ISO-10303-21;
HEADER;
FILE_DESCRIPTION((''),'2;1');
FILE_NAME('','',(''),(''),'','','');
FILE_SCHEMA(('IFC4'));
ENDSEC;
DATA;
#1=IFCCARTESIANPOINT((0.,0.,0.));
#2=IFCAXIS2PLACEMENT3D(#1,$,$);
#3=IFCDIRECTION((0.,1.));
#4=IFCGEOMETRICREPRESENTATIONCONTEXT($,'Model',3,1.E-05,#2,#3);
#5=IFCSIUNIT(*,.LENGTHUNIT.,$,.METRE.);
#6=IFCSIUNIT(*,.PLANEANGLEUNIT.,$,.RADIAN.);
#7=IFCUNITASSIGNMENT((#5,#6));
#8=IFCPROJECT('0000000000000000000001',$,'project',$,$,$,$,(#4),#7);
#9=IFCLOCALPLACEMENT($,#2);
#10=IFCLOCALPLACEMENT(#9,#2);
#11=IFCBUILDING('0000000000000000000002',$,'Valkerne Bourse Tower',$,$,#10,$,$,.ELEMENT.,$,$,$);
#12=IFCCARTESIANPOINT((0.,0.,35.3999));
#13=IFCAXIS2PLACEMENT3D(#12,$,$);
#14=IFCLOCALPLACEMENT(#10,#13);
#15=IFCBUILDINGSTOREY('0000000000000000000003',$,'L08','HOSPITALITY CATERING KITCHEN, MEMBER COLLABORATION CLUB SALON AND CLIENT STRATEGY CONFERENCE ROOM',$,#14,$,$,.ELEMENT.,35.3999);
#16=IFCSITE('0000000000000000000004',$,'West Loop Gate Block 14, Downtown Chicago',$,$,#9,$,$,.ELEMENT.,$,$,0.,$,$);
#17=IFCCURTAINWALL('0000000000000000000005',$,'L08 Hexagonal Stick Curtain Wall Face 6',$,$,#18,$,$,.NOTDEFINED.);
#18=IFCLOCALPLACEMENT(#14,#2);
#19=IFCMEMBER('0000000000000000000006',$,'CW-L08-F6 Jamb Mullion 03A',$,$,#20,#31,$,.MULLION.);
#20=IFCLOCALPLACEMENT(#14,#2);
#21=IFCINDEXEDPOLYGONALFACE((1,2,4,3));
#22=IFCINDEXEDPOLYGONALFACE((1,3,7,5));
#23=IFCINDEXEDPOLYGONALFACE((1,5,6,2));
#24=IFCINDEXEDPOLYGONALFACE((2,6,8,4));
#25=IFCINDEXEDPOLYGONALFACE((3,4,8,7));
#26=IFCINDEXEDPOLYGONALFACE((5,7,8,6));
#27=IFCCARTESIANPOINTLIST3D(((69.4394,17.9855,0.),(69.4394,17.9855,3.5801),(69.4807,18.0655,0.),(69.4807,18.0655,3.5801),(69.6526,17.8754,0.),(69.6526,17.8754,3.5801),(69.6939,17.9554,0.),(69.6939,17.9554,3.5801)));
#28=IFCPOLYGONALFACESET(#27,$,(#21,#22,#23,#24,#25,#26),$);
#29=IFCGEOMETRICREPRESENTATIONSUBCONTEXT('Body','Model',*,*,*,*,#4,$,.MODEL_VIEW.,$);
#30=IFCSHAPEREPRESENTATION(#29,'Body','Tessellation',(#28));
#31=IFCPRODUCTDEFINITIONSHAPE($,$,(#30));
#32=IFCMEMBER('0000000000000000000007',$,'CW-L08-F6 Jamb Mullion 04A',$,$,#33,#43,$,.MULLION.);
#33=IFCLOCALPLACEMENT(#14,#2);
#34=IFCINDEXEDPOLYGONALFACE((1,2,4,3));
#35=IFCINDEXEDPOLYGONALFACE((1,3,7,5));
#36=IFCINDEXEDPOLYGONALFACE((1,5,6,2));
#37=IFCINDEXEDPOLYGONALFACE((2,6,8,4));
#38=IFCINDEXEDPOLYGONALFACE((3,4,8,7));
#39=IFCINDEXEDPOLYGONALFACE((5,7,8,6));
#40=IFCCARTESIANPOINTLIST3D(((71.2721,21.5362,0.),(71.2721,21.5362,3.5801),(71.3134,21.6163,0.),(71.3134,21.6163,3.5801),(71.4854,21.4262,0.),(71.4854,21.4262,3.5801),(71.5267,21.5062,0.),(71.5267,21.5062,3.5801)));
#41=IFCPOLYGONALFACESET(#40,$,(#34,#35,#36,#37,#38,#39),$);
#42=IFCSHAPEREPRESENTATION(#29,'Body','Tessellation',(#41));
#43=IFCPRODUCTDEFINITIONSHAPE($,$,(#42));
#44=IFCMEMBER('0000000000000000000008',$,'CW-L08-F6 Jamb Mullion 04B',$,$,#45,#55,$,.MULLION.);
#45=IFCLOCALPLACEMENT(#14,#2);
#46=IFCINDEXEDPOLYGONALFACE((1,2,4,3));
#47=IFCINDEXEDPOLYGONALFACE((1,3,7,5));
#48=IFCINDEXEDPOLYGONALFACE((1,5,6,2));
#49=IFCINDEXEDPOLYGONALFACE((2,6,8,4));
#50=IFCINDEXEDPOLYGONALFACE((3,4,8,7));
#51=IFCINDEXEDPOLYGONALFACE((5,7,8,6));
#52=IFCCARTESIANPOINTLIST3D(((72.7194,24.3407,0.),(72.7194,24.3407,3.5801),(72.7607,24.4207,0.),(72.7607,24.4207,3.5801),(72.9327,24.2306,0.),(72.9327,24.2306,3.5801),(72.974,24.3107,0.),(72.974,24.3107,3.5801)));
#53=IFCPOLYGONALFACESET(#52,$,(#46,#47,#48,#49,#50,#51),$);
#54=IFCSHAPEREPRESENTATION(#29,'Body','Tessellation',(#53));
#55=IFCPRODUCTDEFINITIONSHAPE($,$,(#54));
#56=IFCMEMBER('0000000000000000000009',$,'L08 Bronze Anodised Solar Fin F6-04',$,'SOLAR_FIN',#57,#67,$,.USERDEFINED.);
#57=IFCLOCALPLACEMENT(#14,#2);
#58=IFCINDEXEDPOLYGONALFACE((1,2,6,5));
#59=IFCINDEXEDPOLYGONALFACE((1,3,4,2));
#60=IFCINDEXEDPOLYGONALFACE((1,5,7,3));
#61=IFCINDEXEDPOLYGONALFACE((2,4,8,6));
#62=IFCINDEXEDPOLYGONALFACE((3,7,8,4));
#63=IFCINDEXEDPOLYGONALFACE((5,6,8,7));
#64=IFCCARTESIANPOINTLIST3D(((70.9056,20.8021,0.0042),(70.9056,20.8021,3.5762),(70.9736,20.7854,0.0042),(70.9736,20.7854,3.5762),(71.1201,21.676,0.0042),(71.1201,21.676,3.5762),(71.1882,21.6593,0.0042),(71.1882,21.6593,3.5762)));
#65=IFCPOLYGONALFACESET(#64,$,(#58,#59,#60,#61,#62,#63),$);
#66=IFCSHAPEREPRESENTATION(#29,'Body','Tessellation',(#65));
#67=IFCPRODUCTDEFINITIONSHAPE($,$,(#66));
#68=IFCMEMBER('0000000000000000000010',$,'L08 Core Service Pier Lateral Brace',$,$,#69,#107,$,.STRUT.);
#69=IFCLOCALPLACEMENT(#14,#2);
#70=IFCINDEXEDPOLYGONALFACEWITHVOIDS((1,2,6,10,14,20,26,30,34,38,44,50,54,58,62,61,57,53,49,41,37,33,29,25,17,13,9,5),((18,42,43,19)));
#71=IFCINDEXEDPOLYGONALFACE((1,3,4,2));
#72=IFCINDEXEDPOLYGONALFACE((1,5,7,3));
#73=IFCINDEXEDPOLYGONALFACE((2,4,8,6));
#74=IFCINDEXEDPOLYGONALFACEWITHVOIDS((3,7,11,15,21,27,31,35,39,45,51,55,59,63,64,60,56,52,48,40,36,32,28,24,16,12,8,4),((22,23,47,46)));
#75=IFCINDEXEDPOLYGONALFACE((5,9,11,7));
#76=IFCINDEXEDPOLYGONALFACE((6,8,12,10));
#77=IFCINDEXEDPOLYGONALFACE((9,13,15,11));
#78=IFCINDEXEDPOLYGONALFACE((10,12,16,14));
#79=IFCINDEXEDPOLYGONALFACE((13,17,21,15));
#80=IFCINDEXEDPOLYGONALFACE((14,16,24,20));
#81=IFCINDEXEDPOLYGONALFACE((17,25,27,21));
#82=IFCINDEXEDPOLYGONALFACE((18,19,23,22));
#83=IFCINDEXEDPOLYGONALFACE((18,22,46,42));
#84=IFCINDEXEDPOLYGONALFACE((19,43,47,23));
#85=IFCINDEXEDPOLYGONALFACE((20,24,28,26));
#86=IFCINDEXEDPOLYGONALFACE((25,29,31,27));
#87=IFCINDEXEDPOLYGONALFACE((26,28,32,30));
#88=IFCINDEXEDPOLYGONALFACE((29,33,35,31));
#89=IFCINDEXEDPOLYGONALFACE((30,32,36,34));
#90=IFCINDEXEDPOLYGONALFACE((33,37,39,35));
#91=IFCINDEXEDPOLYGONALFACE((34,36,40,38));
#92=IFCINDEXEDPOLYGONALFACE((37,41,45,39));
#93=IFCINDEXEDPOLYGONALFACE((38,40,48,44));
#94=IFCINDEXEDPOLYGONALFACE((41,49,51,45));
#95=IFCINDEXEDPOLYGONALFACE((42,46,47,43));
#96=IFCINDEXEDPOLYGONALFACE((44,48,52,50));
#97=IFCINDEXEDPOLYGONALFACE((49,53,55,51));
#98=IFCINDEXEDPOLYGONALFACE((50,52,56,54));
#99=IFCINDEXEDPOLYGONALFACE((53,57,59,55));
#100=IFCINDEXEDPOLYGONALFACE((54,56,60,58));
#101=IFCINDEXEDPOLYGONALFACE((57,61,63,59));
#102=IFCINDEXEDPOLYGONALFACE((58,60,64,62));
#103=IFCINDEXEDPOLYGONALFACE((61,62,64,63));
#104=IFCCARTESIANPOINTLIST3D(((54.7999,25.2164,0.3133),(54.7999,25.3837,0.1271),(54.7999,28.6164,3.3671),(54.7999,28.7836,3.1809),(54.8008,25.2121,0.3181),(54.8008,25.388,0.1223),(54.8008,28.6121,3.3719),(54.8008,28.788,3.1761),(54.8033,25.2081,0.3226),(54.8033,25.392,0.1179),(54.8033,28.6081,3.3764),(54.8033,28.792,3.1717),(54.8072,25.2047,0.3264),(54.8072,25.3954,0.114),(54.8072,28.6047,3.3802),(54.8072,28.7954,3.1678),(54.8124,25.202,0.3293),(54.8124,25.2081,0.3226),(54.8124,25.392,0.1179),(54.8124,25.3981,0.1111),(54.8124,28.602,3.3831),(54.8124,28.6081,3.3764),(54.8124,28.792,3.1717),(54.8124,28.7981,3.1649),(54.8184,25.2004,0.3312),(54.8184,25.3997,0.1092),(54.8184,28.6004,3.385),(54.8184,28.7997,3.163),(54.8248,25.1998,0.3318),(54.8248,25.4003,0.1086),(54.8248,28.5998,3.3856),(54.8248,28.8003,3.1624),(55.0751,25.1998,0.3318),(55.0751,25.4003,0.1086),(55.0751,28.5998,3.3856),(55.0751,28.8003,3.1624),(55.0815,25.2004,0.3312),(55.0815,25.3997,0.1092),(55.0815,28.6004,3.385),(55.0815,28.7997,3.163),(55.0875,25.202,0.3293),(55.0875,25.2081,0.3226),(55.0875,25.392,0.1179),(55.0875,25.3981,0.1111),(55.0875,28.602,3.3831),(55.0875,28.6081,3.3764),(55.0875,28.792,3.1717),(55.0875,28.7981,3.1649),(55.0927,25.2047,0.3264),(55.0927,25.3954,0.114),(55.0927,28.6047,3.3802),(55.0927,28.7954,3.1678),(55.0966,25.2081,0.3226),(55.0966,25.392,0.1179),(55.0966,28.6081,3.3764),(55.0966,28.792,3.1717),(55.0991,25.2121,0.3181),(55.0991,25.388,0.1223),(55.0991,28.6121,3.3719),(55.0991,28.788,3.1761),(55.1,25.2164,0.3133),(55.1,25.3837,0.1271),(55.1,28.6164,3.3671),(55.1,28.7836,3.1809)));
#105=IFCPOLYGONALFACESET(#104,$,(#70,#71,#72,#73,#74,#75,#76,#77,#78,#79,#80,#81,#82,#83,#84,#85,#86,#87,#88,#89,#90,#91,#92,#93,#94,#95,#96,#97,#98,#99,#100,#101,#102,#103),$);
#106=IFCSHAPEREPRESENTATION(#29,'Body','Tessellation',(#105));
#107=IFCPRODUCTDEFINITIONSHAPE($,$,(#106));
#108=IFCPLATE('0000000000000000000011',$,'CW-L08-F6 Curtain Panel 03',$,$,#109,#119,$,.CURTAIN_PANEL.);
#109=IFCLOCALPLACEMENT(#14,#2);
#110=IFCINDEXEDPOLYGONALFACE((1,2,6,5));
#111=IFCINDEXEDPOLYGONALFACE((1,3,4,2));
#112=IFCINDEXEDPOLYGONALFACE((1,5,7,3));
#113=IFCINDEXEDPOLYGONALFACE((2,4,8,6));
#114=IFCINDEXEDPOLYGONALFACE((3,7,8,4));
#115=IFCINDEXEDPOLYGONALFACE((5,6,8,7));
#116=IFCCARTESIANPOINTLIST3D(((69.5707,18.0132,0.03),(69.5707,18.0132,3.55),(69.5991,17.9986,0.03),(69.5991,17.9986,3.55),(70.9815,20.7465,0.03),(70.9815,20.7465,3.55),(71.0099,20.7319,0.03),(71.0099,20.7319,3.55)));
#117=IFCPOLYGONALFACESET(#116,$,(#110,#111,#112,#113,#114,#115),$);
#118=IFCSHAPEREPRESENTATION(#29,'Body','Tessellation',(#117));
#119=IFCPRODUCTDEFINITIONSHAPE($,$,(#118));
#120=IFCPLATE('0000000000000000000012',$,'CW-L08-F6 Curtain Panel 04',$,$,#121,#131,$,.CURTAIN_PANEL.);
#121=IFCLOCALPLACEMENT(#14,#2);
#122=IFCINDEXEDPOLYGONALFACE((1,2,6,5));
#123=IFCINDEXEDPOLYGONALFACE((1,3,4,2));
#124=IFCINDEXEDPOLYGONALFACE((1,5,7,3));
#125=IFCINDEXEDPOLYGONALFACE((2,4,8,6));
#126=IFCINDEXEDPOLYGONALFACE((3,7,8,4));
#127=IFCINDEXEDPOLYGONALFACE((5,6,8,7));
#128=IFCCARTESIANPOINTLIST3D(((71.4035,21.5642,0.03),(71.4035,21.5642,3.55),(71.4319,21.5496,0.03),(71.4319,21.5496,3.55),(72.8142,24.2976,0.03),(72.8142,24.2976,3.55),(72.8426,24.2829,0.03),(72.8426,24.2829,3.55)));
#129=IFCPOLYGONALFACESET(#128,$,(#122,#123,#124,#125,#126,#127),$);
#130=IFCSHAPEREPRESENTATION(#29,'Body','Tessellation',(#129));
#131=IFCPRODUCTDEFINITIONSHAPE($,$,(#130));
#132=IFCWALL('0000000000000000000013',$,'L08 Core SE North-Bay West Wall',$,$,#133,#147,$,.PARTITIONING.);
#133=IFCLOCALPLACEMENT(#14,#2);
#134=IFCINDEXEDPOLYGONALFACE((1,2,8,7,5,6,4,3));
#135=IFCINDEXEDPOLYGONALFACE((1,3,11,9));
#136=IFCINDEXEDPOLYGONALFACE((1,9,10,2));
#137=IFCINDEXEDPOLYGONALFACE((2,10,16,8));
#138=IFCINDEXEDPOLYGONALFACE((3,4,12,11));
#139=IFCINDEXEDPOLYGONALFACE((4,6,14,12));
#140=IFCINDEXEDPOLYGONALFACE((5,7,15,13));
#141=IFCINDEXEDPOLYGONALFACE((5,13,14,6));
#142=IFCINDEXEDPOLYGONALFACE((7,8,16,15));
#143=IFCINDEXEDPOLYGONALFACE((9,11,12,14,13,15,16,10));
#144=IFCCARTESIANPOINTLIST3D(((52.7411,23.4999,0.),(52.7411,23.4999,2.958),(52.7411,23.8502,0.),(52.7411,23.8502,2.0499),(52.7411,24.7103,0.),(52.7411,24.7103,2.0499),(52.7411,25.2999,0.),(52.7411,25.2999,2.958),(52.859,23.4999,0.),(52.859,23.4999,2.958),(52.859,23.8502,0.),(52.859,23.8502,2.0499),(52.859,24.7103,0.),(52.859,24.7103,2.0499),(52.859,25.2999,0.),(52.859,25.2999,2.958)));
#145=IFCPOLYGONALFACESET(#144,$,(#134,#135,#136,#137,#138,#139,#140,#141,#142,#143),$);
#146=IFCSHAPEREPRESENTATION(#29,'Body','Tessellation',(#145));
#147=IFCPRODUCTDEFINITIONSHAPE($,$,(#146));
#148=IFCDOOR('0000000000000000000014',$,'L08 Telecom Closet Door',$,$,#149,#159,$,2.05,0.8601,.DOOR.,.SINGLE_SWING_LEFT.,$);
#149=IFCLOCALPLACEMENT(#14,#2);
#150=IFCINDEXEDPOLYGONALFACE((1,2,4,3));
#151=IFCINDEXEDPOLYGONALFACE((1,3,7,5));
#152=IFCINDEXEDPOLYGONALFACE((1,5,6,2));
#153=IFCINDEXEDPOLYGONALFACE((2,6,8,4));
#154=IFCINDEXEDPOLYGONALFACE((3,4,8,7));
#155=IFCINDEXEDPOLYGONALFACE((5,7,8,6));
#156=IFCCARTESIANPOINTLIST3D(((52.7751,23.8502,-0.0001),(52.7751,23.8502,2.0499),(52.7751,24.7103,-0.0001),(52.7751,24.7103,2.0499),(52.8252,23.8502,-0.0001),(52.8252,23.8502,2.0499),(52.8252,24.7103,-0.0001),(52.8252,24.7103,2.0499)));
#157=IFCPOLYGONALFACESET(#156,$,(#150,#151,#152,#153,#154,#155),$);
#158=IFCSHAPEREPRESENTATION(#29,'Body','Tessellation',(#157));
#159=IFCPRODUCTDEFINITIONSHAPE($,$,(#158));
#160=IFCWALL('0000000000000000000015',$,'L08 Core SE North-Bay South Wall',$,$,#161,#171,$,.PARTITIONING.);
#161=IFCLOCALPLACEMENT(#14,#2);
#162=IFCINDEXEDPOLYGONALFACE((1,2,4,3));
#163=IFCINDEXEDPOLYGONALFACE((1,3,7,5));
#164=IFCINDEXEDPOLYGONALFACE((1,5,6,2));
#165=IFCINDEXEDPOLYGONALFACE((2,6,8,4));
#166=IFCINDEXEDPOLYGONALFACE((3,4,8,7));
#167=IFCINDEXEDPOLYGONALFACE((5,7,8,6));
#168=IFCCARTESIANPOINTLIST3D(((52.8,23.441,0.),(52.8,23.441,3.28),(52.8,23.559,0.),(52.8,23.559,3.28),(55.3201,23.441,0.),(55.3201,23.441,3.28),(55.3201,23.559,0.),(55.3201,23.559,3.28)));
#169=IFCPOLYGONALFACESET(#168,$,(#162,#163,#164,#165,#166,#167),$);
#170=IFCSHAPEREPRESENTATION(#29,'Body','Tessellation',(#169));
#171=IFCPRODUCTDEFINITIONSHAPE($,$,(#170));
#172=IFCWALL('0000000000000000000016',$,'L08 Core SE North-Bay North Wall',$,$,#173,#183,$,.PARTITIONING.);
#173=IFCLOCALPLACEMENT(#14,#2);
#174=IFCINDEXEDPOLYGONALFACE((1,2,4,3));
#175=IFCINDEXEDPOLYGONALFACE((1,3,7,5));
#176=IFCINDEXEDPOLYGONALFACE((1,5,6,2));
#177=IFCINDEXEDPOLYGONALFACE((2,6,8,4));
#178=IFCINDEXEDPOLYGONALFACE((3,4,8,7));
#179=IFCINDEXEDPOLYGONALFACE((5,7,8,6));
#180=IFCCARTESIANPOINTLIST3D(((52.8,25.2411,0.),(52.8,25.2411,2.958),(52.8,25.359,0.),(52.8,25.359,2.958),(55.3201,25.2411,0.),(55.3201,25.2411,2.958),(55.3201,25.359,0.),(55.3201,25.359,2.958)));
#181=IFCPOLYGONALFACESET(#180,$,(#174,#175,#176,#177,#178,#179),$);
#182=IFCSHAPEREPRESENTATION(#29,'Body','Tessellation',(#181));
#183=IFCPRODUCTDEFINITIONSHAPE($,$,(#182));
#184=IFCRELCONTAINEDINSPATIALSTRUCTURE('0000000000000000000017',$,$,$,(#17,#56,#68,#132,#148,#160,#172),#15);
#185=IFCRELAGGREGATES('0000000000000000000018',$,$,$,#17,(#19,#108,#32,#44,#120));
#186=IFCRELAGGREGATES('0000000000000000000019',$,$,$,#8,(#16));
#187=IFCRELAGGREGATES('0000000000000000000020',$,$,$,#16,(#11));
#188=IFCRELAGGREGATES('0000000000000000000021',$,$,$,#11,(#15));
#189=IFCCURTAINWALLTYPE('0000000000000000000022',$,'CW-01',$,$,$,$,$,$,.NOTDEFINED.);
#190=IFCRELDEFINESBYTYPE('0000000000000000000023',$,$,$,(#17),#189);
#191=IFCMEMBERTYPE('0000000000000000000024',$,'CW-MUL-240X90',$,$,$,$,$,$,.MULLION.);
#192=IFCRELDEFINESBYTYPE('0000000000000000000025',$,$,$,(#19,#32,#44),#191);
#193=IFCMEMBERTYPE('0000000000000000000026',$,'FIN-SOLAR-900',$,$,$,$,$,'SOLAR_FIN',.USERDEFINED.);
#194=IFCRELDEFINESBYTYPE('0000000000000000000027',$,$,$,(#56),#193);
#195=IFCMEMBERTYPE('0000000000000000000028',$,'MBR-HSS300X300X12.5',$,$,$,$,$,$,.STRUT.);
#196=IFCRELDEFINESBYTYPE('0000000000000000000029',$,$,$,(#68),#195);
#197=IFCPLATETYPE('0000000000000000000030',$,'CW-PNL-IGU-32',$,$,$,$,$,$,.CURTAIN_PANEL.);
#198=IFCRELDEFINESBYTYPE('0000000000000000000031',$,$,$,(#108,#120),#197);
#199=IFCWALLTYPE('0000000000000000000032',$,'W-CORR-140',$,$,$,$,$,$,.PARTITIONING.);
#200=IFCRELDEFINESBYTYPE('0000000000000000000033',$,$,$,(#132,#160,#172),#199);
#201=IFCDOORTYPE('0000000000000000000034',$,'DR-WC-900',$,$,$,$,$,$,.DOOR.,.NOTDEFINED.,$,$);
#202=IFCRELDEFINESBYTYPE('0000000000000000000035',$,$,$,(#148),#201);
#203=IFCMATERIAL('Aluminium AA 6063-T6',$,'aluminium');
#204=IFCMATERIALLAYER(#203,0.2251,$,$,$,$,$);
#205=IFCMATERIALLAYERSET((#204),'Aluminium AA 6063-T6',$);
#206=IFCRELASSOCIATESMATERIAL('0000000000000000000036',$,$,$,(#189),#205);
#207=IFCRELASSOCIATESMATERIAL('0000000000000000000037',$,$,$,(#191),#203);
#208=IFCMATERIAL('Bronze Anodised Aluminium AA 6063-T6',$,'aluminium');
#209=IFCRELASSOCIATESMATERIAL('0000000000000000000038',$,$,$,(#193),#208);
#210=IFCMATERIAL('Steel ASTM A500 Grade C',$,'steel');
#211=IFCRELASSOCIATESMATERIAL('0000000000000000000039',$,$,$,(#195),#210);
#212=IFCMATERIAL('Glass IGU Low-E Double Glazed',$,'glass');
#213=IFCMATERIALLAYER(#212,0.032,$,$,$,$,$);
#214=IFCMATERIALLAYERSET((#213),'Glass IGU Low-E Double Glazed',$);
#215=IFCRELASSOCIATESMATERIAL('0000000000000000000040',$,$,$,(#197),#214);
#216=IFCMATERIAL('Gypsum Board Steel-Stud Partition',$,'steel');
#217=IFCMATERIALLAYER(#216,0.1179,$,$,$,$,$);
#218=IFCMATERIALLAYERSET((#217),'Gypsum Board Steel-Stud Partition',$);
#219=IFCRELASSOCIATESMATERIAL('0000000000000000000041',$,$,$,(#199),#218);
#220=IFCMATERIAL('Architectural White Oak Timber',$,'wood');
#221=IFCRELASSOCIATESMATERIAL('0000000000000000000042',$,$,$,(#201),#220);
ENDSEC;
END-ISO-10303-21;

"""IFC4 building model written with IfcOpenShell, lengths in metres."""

from ifc_helpers import new_model, si_unit, direction, frame, frame_2d, origin, origin_2d, place, context, subcontext, project, spatial, rectangle, hollow_rectangle, extrude, material, layer, layer_set, material_profile, profile_set, type_object, element, fill, aggregate, save


model = new_model("IFC4")

# Units and contexts
model_context = context("Model", 3, precision=1e-05, world=origin(), true_north=direction((0.0, 1.0)))
body_context = subcontext(model_context, "Body", "Model", "MODEL_VIEW")
ifc_project = project(units=[si_unit("LENGTHUNIT", "METRE"), si_unit("PLANEANGLEUNIT", "RADIAN")], contexts=[model_context])

# Site, building, storey
site_placement = place(None, origin())
site = spatial("IfcSite", under=ifc_project, at=site_placement, Name="West Loop Gate Block 14, Downtown Chicago", CompositionType="ELEMENT", RefElevation=0.0)
building_placement = place(site_placement, origin())
building = spatial("IfcBuilding", under=site, at=building_placement, Name="Valkerne Bourse Tower", CompositionType="ELEMENT")
storey_placement = place(building_placement, frame((0.0, 0.0, 35.3999)))
storey = spatial("IfcBuildingStorey", under=building, at=storey_placement, Name="L08", Description="HOSPITALITY CATERING KITCHEN, MEMBER COLLABORATION CLUB SALON AND CLIENT STRATEGY CONFERENCE ROOM", CompositionType="ELEMENT", Elevation=35.3999)

# Curtain wall, members
ifc_material_1 = material(Name="Aluminium AA 6063-T6", Category="aluminium")
ifc_layer_1 = layer(ifc_material_1, 0.2251)
ifc_layer_set_1 = layer_set([ifc_layer_1], Name="Aluminium AA 6063-T6")
curtain_wall_type = type_object("IfcCurtainWallType", Name="CW-01", PredefinedType="NOTDEFINED", material=ifc_layer_set_1)
curtain_wall_placement = place(storey_placement, origin())
curtain_wall = element("IfcCurtainWall", 1, at=curtain_wall_placement, inside=storey, type_object=curtain_wall_type, Name="L08 Hexagonal Stick Curtain Wall Face 6", PredefinedType="NOTDEFINED")
ifc_material_profile_1 = material_profile(ifc_material_1, rectangle(XDim=0.0901, YDim=0.24, at=origin_2d()), Name="CWM-90X240")
ifc_profile_set_1 = profile_set([ifc_material_profile_1], Name="Aluminium AA 6063-T6")
member_type_1 = type_object("IfcMemberType", Name="CW-MUL-240X90", PredefinedType="MULLION", material=ifc_profile_set_1)
member_1_placement = place(storey_placement, frame((69.5667, 17.9705, 0.0), z_axis=(0.0, 0.0, 1.0), x_axis=(0.458658, 0.888613, 0.0)))
member_1 = element("IfcMember", 2, at=member_1_placement, type_object=member_type_1, Name="CW-L08-F6 Jamb Mullion 03A", PredefinedType="MULLION", context=body_context, shape_type="SweptSolid", body=[
    extrude(rectangle(XDim=0.0901, YDim=0.24, at=origin_2d()), origin(), (0.0, 0.0, 1.0), 3.5801),
])
member_2_placement = place(storey_placement, frame((71.3994, 21.5212, 0.0), z_axis=(0.0, 0.0, 1.0), x_axis=(0.458638, 0.888623, 0.0)))
member_2 = element("IfcMember", 3, at=member_2_placement, type_object=member_type_1, Name="CW-L08-F6 Jamb Mullion 04A", PredefinedType="MULLION", context=body_context, shape_type="SweptSolid", body=[
    extrude(rectangle(XDim=0.0901, YDim=0.24, at=origin_2d()), origin(), (0.0, 0.0, 1.0), 3.5801),
])
member_3_placement = place(storey_placement, frame((72.8467, 24.3257, 0.0), z_axis=(0.0, 0.0, 1.0), x_axis=(0.458638, 0.888623, 0.0)))
member_3 = element("IfcMember", 4, at=member_3_placement, type_object=member_type_1, Name="CW-L08-F6 Jamb Mullion 04B", PredefinedType="MULLION", context=body_context, shape_type="SweptSolid", body=[
    extrude(rectangle(XDim=0.0901, YDim=0.24, at=origin_2d()), origin(), (0.0, 0.0, 1.0), 3.5801),
])

# Members
ifc_material_2 = material(Name="Bronze Anodised Aluminium AA 6063-T6", Category="aluminium")
ifc_material_profile_2 = material_profile(ifc_material_2, rectangle(XDim=0.0701, YDim=0.8999, at=origin_2d()), Name="FIN-70X900")
ifc_profile_set_2 = profile_set([ifc_material_profile_2], Name="Bronze Anodised Aluminium AA 6063-T6")
member_type_2 = type_object("IfcMemberType", Name="FIN-SOLAR-900", ElementType="SOLAR_FIN", PredefinedType="USERDEFINED", material=ifc_profile_set_2)
member_4_placement = place(storey_placement, frame((71.0469, 21.2307, 0.0042), z_axis=(0.0, 0.0, 1.0), x_axis=(0.971153, -0.238456, 0.0)))
element("IfcMember", 5, at=member_4_placement, inside=storey, type_object=member_type_2, Name="L08 Bronze Anodised Solar Fin F6-04", ObjectType="SOLAR_FIN", PredefinedType="USERDEFINED", context=body_context, shape_type="SweptSolid", body=[
    extrude(rectangle(XDim=0.0701, YDim=0.8999, at=origin_2d()), origin(), (0.0, 0.0, 1.0), 3.572),
])
ifc_material_3 = material(Name="Steel ASTM A500 Grade C", Category="steel")
ifc_material_profile_3 = material_profile(ifc_material_3, hollow_rectangle(XDim=0.3, YDim=0.3, WallThickness=0.0125, OuterFilletRadius=0.0249, at=origin_2d()), Name="HSS300X300X12.5")
ifc_profile_set_3 = profile_set([ifc_material_profile_3], Name="Steel ASTM A500 Grade C")
member_type_3 = type_object("IfcMemberType", Name="MBR-HSS300X300X12.5", PredefinedType="STRUT", material=ifc_profile_set_3)
member_5_placement = place(storey_placement, frame((54.95, 25.3, 0.2202), z_axis=(0.0, 0.743968, 0.668215), x_axis=(-1.0, 0.0, 0.0)))
element("IfcMember", 6, at=member_5_placement, inside=storey, type_object=member_type_3, Name="L08 Core Service Pier Lateral Brace", PredefinedType="STRUT", context=body_context, shape_type="SweptSolid", body=[
    extrude(hollow_rectangle(XDim=0.3, YDim=0.3, WallThickness=0.0125, OuterFilletRadius=0.0249, at=origin_2d()), origin(), (0.0, 0.0, 1.0), 4.5701),
])

# Plates
ifc_material_4 = material(Name="Glass IGU Low-E Double Glazed", Category="glass")
ifc_layer_2 = layer(ifc_material_4, 0.032)
ifc_layer_set_2 = layer_set([ifc_layer_2], Name="Glass IGU Low-E Double Glazed")
plate_type = type_object("IfcPlateType", Name="CW-PNL-IGU-32", PredefinedType="CURTAIN_PANEL", material=ifc_layer_set_2)
plate_1_placement = place(storey_placement, frame((70.2903, 19.3726, 0.03), z_axis=(0.0, 0.0, 1.0), x_axis=(0.458658, 0.888613, 0.0)))
plate_1 = element("IfcPlate", 7, at=plate_1_placement, type_object=plate_type, Name="CW-L08-F6 Curtain Panel 03", PredefinedType="CURTAIN_PANEL", context=body_context, shape_type="SweptSolid", body=[
    extrude(rectangle(XDim=3.0759, YDim=0.032, at=origin_2d()), origin(), (0.0, 0.0, 1.0), 3.52),
])
plate_2_placement = place(storey_placement, frame((72.123, 22.9236, 0.03), z_axis=(0.0, 0.0, 1.0), x_axis=(0.458638, 0.888623, 0.0)))
plate_2 = element("IfcPlate", 8, at=plate_2_placement, type_object=plate_type, Name="CW-L08-F6 Curtain Panel 04", PredefinedType="CURTAIN_PANEL", context=body_context, shape_type="SweptSolid", body=[
    extrude(rectangle(XDim=3.0759, YDim=0.032, at=origin_2d()), origin(), (0.0, 0.0, 1.0), 3.52),
])
aggregate(curtain_wall, [member_1, plate_1, member_2, member_3, plate_2])

# Wall, opening, door
ifc_material_5 = material(Name="Gypsum Board Steel-Stud Partition", Category="steel")
ifc_layer_3 = layer(ifc_material_5, 0.1179)
ifc_layer_set_3 = layer_set([ifc_layer_3], Name="Gypsum Board Steel-Stud Partition")
wall_type_1 = type_object("IfcWallType", Name="W-CORR-140", PredefinedType="PARTITIONING", material=ifc_layer_set_3)
wall_1_placement = place(storey_placement, frame((52.8, 23.5, 0.0), z_axis=(0.0, 0.0, 1.0), x_axis=(0.0, 1.0, 0.0)))
wall_1 = element("IfcWall", 9, at=wall_1_placement, inside=storey, type_object=wall_type_1, Name="L08 Core SE North-Bay West Wall", PredefinedType="PARTITIONING", context=body_context, shape_type="SweptSolid", body=[
    extrude(rectangle(XDim=1.8, YDim=0.1179, at=frame_2d((0.8999, 0.0))), origin(), (0.0, 0.0, 1.0), 2.958),
])
opening_1_placement = place(wall_1_placement, frame((0.3501, 0.0, 0.0)))
opening_1 = element("IfcOpeningElement", 10, at=opening_1_placement, cuts=wall_1, PredefinedType="OPENING", context=body_context, shape_type="SweptSolid", body=[
    extrude(rectangle(XDim=0.8601, YDim=2.05, at=frame_2d((0.4302, 1.0249))), frame((0.0, 0.0688, 0.0), z_axis=(0.0, -1.0, 0.0), x_axis=(1.0, 0.0, 0.0)), (0.0, 0.0, 1.0), 0.1379),
])
ifc_material_6 = material(Name="Architectural White Oak Timber", Category="wood")
door_type_1 = type_object("IfcDoorType", Name="DR-WC-900", OperationType="NOTDEFINED", PredefinedType="DOOR", material=ifc_material_6)
door_1_placement = place(opening_1_placement, origin())
door_1 = element("IfcDoor", 11, at=door_1_placement, inside=storey, type_object=door_type_1, Name="L08 Telecom Closet Door", OperationType="SINGLE_SWING_LEFT", OverallHeight=2.05, OverallWidth=0.8601, PredefinedType="DOOR", context=body_context, shape_type="SweptSolid", body=[
    extrude(rectangle(XDim=0.8601, YDim=2.05, at=frame_2d((0.4302, 1.0249))), frame((0.0, 0.0249, 0.0), z_axis=(0.0, -1.0, 0.0), x_axis=(1.0, 0.0, 0.0)), (0.0, 0.0, 1.0), 0.05),
])
fill(opening_1, door_1)

# Walls
wall_2_placement = place(storey_placement, frame((52.8, 23.5, 0.0), z_axis=(0.0, 0.0, 1.0), x_axis=(1.0, 0.0, 0.0)))
element("IfcWall", 12, at=wall_2_placement, inside=storey, type_object=wall_type_1, Name="L08 Core SE North-Bay South Wall", PredefinedType="PARTITIONING", context=body_context, shape_type="SweptSolid", body=[
    extrude(rectangle(XDim=2.52, YDim=0.1179, at=frame_2d((1.26, 0.0))), origin(), (0.0, 0.0, 1.0), 3.28),
])
wall_3_placement = place(storey_placement, frame((52.8, 25.3, 0.0), z_axis=(0.0, 0.0, 1.0), x_axis=(1.0, 0.0, 0.0)))
element("IfcWall", 13, at=wall_3_placement, inside=storey, type_object=wall_type_1, Name="L08 Core SE North-Bay North Wall", PredefinedType="PARTITIONING", context=body_context, shape_type="SweptSolid", body=[
    extrude(rectangle(XDim=2.52, YDim=0.1179, at=frame_2d((1.26, 0.0))), origin(), (0.0, 0.0, 1.0), 2.958),
])

save(model, "model.ifc")
